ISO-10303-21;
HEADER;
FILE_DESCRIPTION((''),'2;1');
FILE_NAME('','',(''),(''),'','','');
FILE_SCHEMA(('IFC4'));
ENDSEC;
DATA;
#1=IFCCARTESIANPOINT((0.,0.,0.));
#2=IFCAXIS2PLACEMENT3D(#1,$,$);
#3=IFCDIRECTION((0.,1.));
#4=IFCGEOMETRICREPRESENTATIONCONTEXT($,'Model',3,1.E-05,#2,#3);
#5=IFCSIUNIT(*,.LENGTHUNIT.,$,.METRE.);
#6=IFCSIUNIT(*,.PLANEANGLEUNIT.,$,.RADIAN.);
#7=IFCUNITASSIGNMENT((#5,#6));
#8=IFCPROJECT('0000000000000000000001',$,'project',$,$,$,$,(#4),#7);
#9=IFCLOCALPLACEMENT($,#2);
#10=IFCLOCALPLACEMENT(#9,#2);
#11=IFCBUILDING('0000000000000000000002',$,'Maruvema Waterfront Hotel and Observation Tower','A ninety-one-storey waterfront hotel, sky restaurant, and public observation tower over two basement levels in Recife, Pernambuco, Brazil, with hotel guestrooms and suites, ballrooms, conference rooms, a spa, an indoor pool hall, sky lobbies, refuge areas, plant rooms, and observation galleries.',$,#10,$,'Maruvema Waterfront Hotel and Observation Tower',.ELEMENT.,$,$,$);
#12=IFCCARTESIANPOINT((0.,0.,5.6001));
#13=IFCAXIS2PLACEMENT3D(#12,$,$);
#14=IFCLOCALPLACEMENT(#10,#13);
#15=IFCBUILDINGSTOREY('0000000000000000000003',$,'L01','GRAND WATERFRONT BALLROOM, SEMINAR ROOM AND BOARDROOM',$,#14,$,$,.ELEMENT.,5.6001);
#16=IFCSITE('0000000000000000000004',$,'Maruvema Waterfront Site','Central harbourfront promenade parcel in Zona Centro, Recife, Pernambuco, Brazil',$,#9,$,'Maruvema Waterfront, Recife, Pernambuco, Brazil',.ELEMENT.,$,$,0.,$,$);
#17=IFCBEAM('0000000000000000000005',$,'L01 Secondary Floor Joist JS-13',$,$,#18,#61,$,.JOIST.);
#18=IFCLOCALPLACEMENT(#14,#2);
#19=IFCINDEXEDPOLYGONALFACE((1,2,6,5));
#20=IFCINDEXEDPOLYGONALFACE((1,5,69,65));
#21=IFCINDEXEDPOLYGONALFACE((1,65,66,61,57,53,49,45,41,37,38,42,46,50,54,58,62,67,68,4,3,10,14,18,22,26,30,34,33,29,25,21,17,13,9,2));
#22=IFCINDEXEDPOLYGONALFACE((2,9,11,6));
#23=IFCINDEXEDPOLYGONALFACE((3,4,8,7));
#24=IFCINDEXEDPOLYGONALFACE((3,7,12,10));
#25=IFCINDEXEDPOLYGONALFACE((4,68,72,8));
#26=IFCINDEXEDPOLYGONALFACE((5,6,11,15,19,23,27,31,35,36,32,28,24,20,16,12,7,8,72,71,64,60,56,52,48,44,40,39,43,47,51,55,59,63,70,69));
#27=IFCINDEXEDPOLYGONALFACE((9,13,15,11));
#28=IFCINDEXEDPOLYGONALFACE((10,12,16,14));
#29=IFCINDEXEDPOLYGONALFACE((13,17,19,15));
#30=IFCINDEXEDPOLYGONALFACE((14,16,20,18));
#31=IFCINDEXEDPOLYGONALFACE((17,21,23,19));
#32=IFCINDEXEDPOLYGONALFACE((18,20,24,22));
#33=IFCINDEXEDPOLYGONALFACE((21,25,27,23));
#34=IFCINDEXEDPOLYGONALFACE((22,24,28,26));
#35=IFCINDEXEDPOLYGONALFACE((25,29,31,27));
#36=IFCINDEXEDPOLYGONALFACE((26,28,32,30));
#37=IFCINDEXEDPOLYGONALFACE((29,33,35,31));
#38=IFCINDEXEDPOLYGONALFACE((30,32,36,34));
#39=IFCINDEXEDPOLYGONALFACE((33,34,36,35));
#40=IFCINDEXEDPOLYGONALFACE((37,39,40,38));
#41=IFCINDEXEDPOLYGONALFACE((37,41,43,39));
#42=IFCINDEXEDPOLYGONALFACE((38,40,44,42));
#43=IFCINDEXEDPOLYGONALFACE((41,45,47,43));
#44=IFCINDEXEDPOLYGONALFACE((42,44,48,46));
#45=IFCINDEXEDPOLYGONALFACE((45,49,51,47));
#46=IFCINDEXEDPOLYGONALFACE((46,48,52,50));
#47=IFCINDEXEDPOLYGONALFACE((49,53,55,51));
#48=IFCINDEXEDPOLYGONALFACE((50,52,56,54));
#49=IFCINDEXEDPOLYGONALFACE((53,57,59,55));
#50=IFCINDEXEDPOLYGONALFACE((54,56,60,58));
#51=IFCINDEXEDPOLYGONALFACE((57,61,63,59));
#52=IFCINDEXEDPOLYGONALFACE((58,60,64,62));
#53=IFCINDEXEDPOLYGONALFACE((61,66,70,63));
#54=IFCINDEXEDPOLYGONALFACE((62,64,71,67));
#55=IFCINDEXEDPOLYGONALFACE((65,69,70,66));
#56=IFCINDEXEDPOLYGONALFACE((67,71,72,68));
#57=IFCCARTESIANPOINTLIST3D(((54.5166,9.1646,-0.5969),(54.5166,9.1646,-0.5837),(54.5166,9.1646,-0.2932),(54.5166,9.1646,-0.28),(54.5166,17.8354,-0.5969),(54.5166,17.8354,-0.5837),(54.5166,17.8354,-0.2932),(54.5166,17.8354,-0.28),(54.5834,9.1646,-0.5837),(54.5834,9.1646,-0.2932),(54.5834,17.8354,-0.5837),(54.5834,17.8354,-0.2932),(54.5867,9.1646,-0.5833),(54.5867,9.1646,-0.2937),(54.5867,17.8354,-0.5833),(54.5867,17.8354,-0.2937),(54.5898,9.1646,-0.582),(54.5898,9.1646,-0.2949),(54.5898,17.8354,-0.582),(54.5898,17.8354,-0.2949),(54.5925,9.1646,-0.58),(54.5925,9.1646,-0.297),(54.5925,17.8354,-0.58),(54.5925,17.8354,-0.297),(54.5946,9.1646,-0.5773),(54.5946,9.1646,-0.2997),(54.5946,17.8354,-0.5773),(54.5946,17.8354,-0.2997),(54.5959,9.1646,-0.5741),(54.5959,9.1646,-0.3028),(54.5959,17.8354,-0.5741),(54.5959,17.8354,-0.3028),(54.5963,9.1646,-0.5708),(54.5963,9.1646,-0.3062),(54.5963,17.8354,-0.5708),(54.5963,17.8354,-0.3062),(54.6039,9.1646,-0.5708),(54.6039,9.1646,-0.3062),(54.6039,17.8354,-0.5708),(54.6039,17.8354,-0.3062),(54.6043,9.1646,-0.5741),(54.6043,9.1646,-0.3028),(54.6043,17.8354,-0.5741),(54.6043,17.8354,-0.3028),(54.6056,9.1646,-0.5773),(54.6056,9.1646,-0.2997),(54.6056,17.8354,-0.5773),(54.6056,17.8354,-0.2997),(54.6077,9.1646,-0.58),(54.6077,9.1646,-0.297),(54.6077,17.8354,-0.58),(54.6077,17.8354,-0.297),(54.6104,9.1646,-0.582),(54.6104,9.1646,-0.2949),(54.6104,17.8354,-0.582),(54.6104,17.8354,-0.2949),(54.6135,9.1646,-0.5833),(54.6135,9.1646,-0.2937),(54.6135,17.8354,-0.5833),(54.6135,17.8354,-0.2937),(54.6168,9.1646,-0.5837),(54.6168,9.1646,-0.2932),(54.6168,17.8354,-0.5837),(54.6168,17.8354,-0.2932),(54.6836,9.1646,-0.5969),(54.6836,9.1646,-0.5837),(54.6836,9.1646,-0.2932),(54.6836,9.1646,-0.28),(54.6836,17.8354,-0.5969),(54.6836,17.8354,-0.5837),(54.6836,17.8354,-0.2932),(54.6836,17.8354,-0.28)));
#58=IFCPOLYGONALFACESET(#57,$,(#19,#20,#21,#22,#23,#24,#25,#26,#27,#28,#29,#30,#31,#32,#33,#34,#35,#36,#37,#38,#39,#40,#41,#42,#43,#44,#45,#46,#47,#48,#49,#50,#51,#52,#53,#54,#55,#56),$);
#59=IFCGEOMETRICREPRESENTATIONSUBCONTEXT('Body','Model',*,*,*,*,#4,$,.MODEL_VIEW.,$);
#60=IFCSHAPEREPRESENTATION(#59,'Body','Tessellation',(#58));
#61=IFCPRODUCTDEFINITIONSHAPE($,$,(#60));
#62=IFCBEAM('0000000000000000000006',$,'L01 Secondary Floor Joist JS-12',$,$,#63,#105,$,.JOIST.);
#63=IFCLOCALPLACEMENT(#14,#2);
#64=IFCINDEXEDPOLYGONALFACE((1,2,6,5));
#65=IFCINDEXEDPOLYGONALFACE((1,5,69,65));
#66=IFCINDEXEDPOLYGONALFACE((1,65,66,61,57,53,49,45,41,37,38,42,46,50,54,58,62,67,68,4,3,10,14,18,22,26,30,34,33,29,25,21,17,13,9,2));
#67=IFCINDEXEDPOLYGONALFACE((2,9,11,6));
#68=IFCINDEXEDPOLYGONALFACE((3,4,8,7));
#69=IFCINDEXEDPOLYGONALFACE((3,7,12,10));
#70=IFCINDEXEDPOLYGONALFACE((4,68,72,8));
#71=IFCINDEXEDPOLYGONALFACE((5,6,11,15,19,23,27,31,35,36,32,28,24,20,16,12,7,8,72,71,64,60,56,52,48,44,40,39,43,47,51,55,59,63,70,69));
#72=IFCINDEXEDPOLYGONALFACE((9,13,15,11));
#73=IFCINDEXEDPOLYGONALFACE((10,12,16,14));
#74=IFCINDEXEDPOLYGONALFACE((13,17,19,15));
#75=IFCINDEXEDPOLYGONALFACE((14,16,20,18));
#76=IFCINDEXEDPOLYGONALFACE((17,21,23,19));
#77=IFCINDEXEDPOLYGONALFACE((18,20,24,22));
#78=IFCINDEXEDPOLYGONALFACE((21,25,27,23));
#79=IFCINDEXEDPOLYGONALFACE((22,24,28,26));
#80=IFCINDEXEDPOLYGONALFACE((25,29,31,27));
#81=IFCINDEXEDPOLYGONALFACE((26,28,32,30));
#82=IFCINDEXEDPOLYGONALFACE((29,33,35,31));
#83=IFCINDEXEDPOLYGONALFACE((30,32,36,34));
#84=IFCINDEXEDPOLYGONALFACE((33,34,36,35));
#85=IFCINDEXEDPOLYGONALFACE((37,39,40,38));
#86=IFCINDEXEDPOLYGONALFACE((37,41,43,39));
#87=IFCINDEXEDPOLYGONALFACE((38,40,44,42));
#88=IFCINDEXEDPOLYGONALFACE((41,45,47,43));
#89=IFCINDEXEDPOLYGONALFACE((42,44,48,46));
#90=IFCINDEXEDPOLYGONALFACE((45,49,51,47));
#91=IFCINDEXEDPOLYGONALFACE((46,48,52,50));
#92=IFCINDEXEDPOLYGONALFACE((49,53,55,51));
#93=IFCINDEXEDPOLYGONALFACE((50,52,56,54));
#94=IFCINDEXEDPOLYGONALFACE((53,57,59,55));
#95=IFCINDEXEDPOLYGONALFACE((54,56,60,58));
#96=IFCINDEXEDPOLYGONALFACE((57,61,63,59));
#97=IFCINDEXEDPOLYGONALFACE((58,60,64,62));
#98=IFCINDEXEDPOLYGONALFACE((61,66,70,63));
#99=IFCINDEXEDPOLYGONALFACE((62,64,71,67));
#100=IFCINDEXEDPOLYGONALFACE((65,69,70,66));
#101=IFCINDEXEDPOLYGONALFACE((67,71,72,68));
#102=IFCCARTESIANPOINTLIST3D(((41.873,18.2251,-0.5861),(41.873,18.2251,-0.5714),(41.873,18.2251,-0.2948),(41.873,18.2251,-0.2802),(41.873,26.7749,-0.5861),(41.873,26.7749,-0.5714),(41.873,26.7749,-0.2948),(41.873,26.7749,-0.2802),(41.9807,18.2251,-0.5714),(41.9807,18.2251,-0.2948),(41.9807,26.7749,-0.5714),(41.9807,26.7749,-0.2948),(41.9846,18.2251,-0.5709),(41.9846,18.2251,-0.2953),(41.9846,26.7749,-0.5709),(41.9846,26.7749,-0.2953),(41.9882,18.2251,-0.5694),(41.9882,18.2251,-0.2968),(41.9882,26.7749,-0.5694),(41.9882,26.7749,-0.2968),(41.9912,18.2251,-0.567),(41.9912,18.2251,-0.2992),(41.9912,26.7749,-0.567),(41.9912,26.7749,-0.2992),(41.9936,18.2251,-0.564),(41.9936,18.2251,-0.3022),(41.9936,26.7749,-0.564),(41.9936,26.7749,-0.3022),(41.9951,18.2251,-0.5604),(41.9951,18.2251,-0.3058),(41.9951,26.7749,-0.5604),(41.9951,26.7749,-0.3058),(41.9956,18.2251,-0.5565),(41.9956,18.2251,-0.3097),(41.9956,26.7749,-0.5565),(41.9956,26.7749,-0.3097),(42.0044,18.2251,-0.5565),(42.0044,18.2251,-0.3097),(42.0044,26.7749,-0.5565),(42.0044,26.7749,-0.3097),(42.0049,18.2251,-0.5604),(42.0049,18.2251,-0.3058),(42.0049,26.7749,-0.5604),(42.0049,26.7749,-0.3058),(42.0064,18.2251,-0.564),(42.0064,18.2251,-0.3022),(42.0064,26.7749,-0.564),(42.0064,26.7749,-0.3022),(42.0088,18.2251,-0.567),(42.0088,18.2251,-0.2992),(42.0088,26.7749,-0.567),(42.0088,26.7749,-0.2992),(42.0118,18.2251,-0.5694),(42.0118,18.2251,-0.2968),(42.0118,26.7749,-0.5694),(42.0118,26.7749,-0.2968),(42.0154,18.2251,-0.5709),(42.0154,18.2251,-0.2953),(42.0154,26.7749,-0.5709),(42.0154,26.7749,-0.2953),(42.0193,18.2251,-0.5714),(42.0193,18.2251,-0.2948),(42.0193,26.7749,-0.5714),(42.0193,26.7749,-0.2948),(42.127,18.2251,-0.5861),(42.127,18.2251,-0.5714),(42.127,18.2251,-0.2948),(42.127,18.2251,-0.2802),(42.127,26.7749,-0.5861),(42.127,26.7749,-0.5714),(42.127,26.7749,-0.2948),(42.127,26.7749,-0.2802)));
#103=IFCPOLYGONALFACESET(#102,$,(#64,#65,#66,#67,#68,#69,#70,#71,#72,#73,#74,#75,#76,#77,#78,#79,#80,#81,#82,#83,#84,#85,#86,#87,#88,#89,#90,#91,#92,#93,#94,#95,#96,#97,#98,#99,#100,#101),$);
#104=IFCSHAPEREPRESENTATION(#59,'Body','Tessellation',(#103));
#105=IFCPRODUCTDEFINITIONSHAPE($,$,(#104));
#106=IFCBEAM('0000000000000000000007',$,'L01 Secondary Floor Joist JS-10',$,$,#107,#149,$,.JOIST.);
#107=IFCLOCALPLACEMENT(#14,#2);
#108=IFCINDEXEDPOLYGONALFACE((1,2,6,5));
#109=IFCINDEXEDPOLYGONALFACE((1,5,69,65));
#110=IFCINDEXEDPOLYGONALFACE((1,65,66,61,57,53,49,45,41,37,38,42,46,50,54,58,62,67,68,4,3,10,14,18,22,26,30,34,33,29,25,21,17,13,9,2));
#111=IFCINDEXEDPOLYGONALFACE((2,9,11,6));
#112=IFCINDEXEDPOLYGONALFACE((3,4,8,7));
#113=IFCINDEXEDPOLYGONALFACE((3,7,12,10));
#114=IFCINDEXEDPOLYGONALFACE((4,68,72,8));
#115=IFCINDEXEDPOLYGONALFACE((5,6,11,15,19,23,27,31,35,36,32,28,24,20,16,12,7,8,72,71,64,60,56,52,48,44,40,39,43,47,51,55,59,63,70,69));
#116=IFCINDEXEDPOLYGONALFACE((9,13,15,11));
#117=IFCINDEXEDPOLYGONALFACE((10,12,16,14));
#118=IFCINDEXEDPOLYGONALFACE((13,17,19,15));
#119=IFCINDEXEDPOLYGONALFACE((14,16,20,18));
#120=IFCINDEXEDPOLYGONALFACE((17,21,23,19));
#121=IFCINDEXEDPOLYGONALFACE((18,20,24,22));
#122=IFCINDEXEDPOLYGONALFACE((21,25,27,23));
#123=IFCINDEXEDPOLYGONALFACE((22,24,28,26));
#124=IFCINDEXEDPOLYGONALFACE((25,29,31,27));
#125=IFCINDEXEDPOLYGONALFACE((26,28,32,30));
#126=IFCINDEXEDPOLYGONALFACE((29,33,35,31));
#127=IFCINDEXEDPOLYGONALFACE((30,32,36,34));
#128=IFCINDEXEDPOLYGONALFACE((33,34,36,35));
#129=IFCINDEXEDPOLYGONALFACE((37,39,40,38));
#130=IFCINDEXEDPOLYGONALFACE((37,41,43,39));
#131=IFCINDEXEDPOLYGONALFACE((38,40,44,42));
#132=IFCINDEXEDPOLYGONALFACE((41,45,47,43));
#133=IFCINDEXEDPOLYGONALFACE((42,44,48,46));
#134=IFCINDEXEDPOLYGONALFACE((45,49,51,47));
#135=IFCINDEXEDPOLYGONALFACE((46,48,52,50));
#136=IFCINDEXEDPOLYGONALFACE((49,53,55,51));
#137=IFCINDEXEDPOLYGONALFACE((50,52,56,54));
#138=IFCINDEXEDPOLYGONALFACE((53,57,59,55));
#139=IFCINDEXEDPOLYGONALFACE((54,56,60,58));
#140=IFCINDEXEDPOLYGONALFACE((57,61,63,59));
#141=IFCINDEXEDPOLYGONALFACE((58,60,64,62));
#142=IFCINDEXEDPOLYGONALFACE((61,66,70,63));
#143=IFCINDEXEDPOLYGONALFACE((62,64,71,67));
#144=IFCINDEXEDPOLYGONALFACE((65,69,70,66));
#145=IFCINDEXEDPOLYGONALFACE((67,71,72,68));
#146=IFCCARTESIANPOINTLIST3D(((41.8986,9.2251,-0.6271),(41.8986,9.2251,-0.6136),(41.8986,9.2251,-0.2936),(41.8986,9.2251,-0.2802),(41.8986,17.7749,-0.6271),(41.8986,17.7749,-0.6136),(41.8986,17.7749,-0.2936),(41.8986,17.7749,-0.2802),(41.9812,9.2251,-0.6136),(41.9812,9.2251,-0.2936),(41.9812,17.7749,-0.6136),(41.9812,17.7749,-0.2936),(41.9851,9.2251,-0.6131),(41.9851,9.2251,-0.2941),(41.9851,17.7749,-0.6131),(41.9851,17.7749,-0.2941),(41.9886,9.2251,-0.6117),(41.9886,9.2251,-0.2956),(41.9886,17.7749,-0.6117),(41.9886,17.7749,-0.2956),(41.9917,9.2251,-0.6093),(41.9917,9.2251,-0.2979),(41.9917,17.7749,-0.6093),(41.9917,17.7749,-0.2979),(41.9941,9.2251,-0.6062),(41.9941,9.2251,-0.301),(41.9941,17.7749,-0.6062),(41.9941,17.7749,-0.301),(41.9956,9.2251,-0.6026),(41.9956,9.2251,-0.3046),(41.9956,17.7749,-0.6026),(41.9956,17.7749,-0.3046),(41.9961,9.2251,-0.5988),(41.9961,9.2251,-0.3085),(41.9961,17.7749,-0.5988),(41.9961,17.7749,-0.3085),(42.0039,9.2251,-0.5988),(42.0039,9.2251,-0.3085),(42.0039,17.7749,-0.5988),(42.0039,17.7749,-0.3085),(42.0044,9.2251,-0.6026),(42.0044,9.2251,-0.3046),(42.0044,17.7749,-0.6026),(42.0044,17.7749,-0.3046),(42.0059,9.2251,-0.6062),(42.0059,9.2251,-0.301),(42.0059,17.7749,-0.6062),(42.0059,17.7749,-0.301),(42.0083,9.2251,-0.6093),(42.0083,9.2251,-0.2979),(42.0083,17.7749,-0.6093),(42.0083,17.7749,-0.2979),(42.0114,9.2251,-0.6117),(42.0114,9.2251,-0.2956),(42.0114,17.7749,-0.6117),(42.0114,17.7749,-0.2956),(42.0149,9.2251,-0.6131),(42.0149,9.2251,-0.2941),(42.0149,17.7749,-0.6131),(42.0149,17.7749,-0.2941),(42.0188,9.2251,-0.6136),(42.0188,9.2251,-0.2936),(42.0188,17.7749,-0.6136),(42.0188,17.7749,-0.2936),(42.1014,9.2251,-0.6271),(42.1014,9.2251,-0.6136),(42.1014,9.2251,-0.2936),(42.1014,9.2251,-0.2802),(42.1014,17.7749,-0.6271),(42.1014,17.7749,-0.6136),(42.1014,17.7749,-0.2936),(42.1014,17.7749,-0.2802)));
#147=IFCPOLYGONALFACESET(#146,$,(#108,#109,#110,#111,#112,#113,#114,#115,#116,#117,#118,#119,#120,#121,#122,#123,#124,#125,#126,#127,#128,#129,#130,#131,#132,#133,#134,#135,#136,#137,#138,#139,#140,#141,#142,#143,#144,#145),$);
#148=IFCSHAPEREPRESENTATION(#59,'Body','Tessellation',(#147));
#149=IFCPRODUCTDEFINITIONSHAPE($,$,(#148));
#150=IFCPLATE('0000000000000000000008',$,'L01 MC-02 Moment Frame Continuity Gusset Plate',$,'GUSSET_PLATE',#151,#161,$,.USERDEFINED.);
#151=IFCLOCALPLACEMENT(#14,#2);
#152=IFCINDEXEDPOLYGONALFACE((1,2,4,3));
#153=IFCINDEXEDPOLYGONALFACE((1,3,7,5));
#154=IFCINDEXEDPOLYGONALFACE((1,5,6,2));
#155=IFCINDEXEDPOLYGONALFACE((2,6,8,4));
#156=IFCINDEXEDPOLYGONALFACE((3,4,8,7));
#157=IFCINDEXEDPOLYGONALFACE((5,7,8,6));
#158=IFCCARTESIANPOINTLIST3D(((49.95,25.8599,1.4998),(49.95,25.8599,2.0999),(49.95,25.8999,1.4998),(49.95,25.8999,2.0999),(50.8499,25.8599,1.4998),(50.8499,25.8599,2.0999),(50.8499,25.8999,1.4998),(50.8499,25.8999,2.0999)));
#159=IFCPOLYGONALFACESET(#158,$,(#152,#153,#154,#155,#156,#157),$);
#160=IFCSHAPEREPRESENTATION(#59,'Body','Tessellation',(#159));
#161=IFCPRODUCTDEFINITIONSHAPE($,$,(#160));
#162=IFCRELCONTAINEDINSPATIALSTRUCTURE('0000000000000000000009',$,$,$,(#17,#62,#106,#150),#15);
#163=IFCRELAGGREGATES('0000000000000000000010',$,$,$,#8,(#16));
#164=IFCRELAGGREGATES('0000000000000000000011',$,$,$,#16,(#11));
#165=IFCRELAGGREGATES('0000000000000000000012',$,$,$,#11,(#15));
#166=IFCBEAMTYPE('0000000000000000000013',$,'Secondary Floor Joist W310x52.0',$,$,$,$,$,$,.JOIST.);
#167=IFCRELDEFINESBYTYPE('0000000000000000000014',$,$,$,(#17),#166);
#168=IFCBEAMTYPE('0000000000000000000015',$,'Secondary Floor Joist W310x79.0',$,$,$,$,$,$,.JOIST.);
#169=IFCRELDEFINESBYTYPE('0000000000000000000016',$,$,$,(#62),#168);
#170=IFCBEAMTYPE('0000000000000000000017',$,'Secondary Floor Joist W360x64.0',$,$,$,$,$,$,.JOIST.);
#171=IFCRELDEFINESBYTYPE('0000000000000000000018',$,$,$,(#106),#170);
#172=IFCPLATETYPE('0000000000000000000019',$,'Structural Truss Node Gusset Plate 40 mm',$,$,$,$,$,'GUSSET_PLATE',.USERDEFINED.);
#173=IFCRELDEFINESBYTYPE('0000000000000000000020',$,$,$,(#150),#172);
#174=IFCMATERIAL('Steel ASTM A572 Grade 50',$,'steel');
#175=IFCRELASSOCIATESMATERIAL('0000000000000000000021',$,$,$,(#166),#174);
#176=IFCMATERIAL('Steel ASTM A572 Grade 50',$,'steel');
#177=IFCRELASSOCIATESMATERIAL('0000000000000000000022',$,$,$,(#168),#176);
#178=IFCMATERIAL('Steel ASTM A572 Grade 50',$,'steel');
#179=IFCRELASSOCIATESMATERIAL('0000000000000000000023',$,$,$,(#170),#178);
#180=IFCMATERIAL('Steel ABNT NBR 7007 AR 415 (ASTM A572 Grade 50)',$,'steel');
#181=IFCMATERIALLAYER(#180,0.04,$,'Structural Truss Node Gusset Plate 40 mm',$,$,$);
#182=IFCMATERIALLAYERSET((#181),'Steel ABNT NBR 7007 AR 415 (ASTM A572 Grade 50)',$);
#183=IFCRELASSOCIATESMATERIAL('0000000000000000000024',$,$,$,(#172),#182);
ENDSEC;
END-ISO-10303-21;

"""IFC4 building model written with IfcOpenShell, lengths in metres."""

from ifc_helpers import new_model, si_unit, direction, frame, origin, origin_2d, place, context, subcontext, project, spatial, rectangle, i_section, extrude, material, layer, layer_set, material_profile, profile_set, type_object, element, save


model = new_model("IFC4")

# Units and contexts
model_context = context("Model", 3, precision=1e-05, world=origin(), true_north=direction((0.0, 1.0)))
body_context = subcontext(model_context, "Body", "Model", "MODEL_VIEW")
ifc_project = project(units=[si_unit("LENGTHUNIT", "METRE"), si_unit("PLANEANGLEUNIT", "RADIAN")], contexts=[model_context])

# Site, building, storey
site_placement = place(None, origin())
site = spatial("IfcSite", under=ifc_project, at=site_placement, Name="Maruvema Waterfront Site", Description="Central harbourfront promenade parcel in Zona Centro, Recife, Pernambuco, Brazil", LongName="Maruvema Waterfront, Recife, Pernambuco, Brazil", CompositionType="ELEMENT", RefElevation=0.0)
building_placement = place(site_placement, origin())
building = spatial("IfcBuilding", under=site, at=building_placement, Name="Maruvema Waterfront Hotel and Observation Tower", Description="A ninety-one-storey waterfront hotel, sky restaurant, and public observation tower over two basement levels in Recife, Pernambuco, Brazil, with hotel guestrooms and suites, ballrooms, conference rooms, a spa, an indoor pool hall, sky lobbies, refuge areas, plant rooms, and observation galleries.", LongName="Maruvema Waterfront Hotel and Observation Tower", CompositionType="ELEMENT")
storey_placement = place(building_placement, frame((0.0, 0.0, 5.6001)))
storey = spatial("IfcBuildingStorey", under=building, at=storey_placement, Name="L01", Description="GRAND WATERFRONT BALLROOM, SEMINAR ROOM AND BOARDROOM", CompositionType="ELEMENT", Elevation=5.6001)

# Beams
ifc_material_1 = material(Name="Steel ASTM A572 Grade 50", Category="steel")
ifc_material_profile_1 = material_profile(ifc_material_1, i_section(OverallWidth=0.167, OverallDepth=0.3169, WebThickness=0.0076, FlangeThickness=0.0132, FilletRadius=0.0129, at=origin_2d()), Name="W310x52.0")
ifc_profile_set_1 = profile_set([ifc_material_profile_1], Name="Steel ASTM A572 Grade 50")
beam_type_1 = type_object("IfcBeamType", Name="Secondary Floor Joist W310x52.0", PredefinedType="JOIST", material=ifc_profile_set_1)
beam_1_placement = place(storey_placement, frame((54.6001, 9.1646, -0.4385), z_axis=(0.0, 1.0, 0.0), x_axis=(-1.0, 0.0, 0.0)))
element("IfcBeam", 1, at=beam_1_placement, inside=storey, type_object=beam_type_1, Name="L01 Secondary Floor Joist JS-13", PredefinedType="JOIST", context=body_context, shape_type="SweptSolid", body=[
    extrude(i_section(OverallWidth=0.167, OverallDepth=0.3169, WebThickness=0.0076, FlangeThickness=0.0132, FilletRadius=0.0129, at=origin_2d()), origin(), (0.0, 0.0, 1.0), 8.6709),
])
ifc_material_2 = material(Name="Steel ASTM A572 Grade 50", Category="steel")
ifc_material_profile_2 = material_profile(ifc_material_2, i_section(OverallWidth=0.2539, OverallDepth=0.3059, WebThickness=0.0088, FlangeThickness=0.0146, FilletRadius=0.0149, at=origin_2d()), Name="W310x79.0")
ifc_profile_set_2 = profile_set([ifc_material_profile_2], Name="Steel ASTM A572 Grade 50")
beam_type_2 = type_object("IfcBeamType", Name="Secondary Floor Joist W310x79.0", PredefinedType="JOIST", material=ifc_profile_set_2)
beam_2_placement = place(storey_placement, frame((42.0, 18.2251, -0.4331), z_axis=(0.0, 1.0, 0.0), x_axis=(-1.0, 0.0, 0.0)))
element("IfcBeam", 2, at=beam_2_placement, inside=storey, type_object=beam_type_2, Name="L01 Secondary Floor Joist JS-12", PredefinedType="JOIST", context=body_context, shape_type="SweptSolid", body=[
    extrude(i_section(OverallWidth=0.2539, OverallDepth=0.3059, WebThickness=0.0088, FlangeThickness=0.0146, FilletRadius=0.0149, at=origin_2d()), origin(), (0.0, 0.0, 1.0), 8.5498),
])
ifc_material_3 = material(Name="Steel ASTM A572 Grade 50", Category="steel")
ifc_material_profile_3 = material_profile(ifc_material_3, i_section(OverallWidth=0.2029, OverallDepth=0.3469, WebThickness=0.0078, FlangeThickness=0.0134, FilletRadius=0.0149, at=origin_2d()), Name="W360x64.0")
ifc_profile_set_3 = profile_set([ifc_material_profile_3], Name="Steel ASTM A572 Grade 50")
beam_type_3 = type_object("IfcBeamType", Name="Secondary Floor Joist W360x64.0", PredefinedType="JOIST", material=ifc_profile_set_3)
beam_3_placement = place(storey_placement, frame((42.0, 9.2251, -0.4536), z_axis=(0.0, 1.0, 0.0), x_axis=(-1.0, 0.0, 0.0)))
element("IfcBeam", 3, at=beam_3_placement, inside=storey, type_object=beam_type_3, Name="L01 Secondary Floor Joist JS-10", PredefinedType="JOIST", context=body_context, shape_type="SweptSolid", body=[
    extrude(i_section(OverallWidth=0.2029, OverallDepth=0.3469, WebThickness=0.0078, FlangeThickness=0.0134, FilletRadius=0.0149, at=origin_2d()), origin(), (0.0, 0.0, 1.0), 8.5498),
])

# Plate
ifc_material_4 = material(Name="Steel ABNT NBR 7007 AR 415 (ASTM A572 Grade 50)", Category="steel")
ifc_layer_1 = layer(ifc_material_4, 0.04, Name="Structural Truss Node Gusset Plate 40 mm")
ifc_layer_set_1 = layer_set([ifc_layer_1], Name="Steel ABNT NBR 7007 AR 415 (ASTM A572 Grade 50)")
plate_type = type_object("IfcPlateType", Name="Structural Truss Node Gusset Plate 40 mm", ElementType="GUSSET_PLATE", PredefinedType="USERDEFINED", material=ifc_layer_set_1)
plate_placement = place(storey_placement, frame((50.3999, 25.8799, 1.4998), z_axis=(0.0, 0.0, 1.0), x_axis=(1.0, 0.0, 0.0)))
element("IfcPlate", 4, at=plate_placement, inside=storey, type_object=plate_type, Name="L01 MC-02 Moment Frame Continuity Gusset Plate", ObjectType="GUSSET_PLATE", PredefinedType="USERDEFINED", context=body_context, shape_type="SweptSolid", body=[
    extrude(rectangle(XDim=0.8999, YDim=0.04, at=origin_2d()), origin(), (0.0, 0.0, 1.0), 0.6001),
])

save(model, "model.ifc")
